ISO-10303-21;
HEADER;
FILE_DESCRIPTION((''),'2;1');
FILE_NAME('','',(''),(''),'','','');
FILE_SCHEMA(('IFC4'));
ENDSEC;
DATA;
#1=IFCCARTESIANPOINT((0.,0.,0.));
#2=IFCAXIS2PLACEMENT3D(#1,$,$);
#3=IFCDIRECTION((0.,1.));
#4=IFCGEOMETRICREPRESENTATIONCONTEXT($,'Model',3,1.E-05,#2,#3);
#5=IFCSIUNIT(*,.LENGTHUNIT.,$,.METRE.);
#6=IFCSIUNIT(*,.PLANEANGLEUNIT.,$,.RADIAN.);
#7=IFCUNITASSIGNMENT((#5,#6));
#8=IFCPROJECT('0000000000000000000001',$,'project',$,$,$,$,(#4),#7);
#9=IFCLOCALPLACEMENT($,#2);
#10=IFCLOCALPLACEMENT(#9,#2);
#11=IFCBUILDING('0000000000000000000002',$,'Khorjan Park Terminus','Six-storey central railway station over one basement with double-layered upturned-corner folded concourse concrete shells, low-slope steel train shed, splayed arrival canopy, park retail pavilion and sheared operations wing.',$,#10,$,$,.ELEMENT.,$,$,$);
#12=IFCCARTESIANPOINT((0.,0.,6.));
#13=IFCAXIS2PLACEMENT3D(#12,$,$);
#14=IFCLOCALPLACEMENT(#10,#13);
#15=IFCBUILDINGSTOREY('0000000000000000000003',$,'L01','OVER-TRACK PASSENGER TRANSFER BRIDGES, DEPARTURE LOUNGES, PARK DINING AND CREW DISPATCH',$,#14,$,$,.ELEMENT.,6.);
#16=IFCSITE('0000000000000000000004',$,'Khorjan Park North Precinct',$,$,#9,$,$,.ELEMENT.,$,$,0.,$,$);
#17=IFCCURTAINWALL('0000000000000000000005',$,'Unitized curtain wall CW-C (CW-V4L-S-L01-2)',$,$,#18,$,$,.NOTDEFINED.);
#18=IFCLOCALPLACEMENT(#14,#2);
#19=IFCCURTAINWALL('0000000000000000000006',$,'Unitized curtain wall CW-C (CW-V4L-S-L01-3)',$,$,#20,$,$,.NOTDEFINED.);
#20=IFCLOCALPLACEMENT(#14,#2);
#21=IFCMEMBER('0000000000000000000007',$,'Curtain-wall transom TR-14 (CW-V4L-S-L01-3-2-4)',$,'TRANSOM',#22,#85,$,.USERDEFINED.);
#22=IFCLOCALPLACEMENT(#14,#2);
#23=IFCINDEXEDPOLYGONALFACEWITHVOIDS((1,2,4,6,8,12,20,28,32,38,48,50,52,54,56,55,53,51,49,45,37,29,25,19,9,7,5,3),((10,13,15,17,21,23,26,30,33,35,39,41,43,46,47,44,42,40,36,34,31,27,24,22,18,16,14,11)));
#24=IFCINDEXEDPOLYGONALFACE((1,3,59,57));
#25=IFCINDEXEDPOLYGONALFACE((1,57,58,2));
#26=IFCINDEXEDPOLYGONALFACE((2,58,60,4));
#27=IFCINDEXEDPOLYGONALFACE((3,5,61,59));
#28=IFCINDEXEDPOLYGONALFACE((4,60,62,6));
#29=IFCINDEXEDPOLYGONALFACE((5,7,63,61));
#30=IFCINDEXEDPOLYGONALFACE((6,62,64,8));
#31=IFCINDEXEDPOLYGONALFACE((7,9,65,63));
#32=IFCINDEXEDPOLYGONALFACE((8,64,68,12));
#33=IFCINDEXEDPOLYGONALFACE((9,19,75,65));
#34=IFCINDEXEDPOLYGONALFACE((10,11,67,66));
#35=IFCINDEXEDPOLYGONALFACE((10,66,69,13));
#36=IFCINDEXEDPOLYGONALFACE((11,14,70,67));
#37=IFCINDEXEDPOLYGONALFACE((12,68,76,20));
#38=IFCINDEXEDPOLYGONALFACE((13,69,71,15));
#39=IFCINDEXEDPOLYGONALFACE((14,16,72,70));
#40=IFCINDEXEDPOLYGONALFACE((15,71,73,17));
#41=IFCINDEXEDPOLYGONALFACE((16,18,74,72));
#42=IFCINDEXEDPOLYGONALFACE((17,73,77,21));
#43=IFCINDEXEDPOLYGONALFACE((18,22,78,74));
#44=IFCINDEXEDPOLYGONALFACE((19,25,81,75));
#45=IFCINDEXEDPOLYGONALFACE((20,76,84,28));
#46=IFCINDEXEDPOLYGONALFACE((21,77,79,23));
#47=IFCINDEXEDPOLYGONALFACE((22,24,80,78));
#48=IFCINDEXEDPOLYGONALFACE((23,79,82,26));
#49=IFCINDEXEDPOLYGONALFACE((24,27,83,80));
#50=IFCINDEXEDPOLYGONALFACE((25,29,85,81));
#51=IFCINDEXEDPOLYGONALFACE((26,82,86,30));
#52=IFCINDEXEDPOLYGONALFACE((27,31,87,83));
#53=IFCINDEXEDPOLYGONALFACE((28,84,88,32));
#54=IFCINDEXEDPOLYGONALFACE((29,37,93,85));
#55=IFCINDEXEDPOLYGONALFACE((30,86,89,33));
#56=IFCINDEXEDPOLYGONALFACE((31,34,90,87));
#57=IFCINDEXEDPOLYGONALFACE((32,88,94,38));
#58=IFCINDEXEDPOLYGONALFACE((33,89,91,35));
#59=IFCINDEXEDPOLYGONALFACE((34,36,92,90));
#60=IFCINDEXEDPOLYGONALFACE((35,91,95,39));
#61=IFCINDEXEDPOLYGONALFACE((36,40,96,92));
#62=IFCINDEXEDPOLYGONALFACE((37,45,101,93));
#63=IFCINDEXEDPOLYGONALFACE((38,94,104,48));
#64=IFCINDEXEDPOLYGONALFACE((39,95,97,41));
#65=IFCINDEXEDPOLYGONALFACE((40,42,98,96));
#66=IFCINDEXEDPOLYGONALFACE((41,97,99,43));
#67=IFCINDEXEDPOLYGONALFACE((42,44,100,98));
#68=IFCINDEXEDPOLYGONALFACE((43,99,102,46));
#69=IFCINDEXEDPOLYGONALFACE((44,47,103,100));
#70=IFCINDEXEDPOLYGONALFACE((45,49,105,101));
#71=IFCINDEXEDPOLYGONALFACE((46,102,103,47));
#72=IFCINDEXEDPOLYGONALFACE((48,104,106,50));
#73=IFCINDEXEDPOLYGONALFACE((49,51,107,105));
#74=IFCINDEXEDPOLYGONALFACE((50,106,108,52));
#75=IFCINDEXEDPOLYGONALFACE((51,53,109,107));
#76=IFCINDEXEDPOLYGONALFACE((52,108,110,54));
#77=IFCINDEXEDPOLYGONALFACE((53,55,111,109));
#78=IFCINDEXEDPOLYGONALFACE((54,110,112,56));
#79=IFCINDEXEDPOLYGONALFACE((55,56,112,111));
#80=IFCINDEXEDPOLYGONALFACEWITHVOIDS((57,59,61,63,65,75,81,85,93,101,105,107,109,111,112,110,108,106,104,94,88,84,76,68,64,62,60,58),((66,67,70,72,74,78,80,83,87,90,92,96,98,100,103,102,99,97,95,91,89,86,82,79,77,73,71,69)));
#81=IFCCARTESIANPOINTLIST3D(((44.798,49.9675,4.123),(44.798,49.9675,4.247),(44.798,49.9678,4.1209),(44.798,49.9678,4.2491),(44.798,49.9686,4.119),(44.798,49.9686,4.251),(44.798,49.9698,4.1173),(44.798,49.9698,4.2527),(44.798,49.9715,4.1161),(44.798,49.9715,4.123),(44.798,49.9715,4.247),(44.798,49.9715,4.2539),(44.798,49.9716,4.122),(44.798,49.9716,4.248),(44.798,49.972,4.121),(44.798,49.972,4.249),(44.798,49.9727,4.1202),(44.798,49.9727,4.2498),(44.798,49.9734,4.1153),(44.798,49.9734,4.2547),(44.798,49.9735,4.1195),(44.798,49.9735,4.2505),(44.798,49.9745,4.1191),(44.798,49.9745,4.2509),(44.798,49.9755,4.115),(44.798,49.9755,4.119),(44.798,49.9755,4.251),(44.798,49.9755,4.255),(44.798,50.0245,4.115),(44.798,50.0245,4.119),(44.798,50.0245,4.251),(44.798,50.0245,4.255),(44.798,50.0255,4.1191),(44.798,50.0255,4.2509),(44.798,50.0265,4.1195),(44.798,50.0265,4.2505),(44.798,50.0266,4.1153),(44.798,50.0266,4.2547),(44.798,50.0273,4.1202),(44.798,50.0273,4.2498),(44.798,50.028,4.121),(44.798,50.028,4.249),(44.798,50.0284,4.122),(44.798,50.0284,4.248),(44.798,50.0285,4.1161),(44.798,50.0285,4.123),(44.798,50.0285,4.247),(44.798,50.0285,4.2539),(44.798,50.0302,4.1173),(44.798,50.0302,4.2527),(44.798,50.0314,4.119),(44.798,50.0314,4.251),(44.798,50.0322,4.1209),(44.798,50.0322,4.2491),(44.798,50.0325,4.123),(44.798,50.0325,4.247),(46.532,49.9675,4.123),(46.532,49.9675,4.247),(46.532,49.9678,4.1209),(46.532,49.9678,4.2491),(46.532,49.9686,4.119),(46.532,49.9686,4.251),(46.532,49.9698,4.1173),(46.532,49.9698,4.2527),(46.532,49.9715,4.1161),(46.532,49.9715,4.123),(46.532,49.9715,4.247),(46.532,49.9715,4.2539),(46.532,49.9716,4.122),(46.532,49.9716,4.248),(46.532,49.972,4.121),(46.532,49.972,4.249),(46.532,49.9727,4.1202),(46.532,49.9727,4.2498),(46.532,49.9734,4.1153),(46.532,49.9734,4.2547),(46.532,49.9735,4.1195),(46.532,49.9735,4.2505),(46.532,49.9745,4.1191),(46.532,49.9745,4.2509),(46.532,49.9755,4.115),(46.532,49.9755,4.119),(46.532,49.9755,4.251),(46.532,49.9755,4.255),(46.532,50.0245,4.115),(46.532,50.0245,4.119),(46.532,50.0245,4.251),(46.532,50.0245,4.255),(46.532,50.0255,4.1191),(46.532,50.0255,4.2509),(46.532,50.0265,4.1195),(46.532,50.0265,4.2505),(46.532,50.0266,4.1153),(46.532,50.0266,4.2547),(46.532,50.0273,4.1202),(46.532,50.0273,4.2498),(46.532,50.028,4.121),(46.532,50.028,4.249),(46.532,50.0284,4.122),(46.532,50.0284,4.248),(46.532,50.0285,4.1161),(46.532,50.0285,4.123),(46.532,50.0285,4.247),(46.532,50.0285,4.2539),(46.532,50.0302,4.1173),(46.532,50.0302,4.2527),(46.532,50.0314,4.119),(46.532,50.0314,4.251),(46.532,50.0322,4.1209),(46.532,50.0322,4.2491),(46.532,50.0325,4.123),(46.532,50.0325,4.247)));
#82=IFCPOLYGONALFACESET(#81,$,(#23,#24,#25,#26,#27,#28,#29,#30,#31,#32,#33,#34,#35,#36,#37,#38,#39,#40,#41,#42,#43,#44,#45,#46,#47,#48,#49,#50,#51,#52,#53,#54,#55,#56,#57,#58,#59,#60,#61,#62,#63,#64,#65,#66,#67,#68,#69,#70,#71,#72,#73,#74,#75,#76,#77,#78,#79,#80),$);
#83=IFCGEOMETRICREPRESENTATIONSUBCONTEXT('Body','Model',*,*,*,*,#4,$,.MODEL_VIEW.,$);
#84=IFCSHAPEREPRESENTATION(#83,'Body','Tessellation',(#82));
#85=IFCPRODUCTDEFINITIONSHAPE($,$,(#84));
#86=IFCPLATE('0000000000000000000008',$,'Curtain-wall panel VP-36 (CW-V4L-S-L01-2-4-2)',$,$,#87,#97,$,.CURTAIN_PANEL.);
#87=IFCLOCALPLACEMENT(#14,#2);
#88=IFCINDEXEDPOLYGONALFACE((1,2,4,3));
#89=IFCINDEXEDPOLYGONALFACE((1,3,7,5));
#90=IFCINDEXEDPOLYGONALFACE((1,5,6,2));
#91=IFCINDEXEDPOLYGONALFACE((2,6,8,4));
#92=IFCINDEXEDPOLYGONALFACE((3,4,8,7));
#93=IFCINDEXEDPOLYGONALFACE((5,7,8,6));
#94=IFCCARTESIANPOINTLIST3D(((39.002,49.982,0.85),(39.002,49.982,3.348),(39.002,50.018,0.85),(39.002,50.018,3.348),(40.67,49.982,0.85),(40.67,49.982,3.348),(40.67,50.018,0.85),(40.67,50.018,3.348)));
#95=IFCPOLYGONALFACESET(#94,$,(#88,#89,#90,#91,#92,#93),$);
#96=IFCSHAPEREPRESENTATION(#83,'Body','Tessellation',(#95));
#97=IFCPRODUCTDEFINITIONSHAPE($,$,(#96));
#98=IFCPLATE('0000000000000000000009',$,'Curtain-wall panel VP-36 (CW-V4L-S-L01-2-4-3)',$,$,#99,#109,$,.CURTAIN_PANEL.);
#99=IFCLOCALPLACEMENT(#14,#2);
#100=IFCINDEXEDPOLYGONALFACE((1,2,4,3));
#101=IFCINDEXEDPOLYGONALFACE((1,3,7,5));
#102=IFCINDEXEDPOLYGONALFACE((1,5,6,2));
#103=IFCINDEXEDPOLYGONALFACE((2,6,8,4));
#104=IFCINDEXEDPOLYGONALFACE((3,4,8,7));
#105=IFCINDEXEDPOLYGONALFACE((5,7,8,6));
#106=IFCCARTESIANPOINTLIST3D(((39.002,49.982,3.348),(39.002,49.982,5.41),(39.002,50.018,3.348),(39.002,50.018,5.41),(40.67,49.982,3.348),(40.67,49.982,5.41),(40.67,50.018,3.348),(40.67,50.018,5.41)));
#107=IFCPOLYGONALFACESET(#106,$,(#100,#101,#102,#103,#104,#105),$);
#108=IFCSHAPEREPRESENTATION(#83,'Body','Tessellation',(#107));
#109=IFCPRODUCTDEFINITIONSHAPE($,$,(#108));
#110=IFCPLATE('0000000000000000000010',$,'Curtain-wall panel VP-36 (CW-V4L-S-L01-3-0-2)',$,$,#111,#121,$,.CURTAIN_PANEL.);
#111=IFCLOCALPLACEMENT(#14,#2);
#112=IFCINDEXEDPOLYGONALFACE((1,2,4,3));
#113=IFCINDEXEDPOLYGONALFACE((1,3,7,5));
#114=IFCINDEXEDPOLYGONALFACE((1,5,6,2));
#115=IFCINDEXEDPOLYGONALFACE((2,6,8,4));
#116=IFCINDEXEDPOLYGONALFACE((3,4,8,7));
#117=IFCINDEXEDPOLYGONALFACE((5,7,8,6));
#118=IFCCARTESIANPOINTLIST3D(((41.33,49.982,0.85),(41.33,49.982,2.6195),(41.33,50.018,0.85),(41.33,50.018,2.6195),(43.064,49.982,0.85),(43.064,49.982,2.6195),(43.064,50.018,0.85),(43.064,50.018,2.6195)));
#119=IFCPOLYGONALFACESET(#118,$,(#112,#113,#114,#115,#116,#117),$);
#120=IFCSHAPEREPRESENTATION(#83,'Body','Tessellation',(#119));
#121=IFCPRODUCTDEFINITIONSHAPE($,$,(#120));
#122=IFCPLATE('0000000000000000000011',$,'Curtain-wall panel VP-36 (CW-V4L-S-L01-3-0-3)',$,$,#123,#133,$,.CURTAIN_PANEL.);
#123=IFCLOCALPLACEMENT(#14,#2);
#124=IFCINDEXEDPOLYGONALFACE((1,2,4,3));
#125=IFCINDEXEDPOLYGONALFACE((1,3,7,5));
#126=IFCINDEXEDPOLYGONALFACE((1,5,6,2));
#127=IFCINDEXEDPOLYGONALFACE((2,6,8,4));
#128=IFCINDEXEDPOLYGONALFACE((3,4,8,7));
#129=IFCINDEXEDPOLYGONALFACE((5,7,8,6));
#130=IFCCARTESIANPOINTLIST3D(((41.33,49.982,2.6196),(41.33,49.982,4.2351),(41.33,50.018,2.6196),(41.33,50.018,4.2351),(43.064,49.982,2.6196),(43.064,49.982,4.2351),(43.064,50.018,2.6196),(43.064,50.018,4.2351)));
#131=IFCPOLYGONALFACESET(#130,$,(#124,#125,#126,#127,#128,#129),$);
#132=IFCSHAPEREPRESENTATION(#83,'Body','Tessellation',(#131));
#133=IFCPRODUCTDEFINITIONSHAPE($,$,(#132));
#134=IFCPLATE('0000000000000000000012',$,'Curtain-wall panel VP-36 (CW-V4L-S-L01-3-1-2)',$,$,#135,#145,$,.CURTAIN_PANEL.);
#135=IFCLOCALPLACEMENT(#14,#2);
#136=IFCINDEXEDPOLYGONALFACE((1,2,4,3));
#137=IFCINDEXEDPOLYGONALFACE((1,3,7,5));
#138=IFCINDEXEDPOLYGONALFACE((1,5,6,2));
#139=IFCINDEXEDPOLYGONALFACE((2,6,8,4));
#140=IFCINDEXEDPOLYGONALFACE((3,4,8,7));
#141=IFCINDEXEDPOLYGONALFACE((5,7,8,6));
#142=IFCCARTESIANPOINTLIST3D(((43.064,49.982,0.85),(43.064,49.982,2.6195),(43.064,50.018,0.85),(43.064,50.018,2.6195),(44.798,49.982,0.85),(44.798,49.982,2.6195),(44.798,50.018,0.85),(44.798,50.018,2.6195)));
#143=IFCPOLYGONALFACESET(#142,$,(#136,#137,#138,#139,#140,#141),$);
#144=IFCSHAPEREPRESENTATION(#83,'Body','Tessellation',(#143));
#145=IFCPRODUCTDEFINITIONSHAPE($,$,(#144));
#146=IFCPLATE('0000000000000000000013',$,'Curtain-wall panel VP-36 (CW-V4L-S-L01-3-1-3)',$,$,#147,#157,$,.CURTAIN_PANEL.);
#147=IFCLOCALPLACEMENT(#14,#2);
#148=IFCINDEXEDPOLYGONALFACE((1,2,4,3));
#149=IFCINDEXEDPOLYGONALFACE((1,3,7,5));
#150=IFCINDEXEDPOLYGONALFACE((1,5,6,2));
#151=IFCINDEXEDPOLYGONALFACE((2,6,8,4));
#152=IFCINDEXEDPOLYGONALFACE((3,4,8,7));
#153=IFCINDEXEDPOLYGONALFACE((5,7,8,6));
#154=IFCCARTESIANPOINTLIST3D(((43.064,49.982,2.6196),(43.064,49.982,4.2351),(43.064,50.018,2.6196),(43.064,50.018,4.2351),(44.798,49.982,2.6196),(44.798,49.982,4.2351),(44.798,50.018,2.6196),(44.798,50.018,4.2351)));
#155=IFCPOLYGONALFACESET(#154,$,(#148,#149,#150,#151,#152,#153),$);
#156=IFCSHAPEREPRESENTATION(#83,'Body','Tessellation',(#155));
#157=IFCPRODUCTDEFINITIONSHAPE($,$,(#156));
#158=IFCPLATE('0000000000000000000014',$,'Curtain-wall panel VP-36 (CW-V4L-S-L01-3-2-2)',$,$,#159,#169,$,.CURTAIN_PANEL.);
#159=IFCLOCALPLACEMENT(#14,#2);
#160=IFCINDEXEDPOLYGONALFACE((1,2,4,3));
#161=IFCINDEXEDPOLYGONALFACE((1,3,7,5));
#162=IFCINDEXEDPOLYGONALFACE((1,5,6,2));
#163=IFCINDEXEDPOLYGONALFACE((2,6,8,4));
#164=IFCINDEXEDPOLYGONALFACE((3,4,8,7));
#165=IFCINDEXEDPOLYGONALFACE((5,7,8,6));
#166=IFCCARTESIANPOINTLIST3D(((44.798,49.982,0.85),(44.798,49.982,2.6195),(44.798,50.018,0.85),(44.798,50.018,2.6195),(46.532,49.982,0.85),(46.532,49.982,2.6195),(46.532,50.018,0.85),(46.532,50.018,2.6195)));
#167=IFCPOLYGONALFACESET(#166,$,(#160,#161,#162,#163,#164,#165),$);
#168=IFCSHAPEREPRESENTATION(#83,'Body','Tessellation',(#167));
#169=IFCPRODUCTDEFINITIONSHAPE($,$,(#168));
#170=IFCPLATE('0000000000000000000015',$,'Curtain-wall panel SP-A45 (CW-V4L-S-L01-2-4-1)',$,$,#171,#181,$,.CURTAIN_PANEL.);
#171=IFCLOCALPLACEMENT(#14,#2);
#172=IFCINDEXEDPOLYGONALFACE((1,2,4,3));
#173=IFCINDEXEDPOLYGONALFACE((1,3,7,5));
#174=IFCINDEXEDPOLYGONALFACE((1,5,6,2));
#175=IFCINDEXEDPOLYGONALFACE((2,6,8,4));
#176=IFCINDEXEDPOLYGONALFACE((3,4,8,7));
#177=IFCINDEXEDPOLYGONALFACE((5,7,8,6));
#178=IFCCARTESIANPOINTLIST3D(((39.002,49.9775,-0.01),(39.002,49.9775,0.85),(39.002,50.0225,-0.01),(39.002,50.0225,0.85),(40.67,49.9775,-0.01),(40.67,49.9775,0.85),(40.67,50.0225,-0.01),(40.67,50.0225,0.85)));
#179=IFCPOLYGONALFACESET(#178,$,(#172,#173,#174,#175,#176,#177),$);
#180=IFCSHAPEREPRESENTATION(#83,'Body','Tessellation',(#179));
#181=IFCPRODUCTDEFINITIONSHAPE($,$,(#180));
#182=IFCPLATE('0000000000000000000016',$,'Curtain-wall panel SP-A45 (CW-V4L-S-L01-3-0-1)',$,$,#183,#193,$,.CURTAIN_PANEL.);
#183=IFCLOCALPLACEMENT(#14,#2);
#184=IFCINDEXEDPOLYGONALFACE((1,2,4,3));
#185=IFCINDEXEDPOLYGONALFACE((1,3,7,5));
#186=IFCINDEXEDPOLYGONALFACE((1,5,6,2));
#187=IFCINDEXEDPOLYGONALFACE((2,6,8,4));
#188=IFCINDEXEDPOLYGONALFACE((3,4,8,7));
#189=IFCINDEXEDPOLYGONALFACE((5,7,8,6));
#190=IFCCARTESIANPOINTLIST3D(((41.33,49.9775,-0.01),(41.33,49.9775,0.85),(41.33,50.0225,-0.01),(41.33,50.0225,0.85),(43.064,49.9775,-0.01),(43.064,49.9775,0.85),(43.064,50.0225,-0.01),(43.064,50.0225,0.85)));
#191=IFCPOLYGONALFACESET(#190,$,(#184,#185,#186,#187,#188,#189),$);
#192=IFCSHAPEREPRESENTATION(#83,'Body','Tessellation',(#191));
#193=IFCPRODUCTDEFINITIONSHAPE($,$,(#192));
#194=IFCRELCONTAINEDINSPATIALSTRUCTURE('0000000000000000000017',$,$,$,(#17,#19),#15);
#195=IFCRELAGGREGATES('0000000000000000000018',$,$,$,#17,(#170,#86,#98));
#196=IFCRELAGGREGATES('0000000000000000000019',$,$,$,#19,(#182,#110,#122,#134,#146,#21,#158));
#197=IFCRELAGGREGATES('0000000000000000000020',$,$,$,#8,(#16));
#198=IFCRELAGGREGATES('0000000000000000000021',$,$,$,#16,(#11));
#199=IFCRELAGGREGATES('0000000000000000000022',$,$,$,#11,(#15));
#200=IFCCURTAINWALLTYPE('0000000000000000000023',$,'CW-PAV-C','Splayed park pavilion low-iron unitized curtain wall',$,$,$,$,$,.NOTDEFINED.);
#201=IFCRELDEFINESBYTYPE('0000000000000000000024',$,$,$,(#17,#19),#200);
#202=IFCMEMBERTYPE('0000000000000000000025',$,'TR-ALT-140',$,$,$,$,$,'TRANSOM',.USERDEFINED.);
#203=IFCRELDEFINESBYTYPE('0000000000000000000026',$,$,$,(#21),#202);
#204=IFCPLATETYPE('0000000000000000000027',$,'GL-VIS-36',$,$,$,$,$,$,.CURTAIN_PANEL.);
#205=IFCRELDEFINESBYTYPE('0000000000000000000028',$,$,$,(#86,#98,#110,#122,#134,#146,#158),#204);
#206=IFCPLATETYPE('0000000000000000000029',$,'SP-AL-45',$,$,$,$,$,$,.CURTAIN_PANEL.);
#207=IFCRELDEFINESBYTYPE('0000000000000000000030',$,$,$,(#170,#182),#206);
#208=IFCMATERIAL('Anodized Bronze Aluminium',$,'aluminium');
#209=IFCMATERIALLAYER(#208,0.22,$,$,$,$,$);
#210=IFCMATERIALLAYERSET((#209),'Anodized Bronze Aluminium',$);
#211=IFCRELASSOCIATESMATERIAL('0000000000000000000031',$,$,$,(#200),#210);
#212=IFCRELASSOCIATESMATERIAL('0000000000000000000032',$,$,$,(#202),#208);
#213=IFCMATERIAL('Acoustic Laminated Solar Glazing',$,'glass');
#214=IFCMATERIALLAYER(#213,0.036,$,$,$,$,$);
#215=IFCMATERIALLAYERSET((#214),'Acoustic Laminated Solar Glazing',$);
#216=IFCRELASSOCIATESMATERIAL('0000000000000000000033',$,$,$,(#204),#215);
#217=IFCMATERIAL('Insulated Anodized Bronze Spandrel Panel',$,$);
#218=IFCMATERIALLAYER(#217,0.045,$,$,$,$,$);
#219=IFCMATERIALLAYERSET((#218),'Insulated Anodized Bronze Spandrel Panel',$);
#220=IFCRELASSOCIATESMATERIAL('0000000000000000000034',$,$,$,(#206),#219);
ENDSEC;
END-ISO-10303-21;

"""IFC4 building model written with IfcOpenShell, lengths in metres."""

from ifc_helpers import new_model, si_unit, direction, frame, origin, origin_2d, place, context, subcontext, project, spatial, rectangle, hollow_rectangle, extrude, material, layer, layer_set, material_profile, profile_set, type_object, element, aggregate, save


model = new_model("IFC4")

# Units and contexts
model_context = context("Model", 3, precision=1e-05, world=origin(), true_north=direction((0.0, 1.0)))
body_context = subcontext(model_context, "Body", "Model", "MODEL_VIEW")
ifc_project = project(units=[si_unit("LENGTHUNIT", "METRE"), si_unit("PLANEANGLEUNIT", "RADIAN")], contexts=[model_context])

# Site, building, storey
site_placement = place(None, origin())
site = spatial("IfcSite", under=ifc_project, at=site_placement, Name="Khorjan Park North Precinct", CompositionType="ELEMENT", RefElevation=0.0)
building_placement = place(site_placement, origin())
building = spatial("IfcBuilding", under=site, at=building_placement, Name="Khorjan Park Terminus", Description="Six-storey central railway station over one basement with double-layered upturned-corner folded concourse concrete shells, low-slope steel train shed, splayed arrival canopy, park retail pavilion and sheared operations wing.", CompositionType="ELEMENT")
storey_placement = place(building_placement, frame((0.0, 0.0, 6.0)))
storey = spatial("IfcBuildingStorey", under=building, at=storey_placement, Name="L01", Description="OVER-TRACK PASSENGER TRANSFER BRIDGES, DEPARTURE LOUNGES, PARK DINING AND CREW DISPATCH", CompositionType="ELEMENT", Elevation=6.0)

# Curtain wall
ifc_material_1 = material(Name="Anodized Bronze Aluminium", Category="aluminium")
ifc_layer_1 = layer(ifc_material_1, 0.22)
ifc_layer_set_1 = layer_set([ifc_layer_1], Name="Anodized Bronze Aluminium")
curtain_wall_type = type_object("IfcCurtainWallType", Name="CW-PAV-C", Description="Splayed park pavilion low-iron unitized curtain wall", PredefinedType="NOTDEFINED", material=ifc_layer_set_1)
curtain_wall_1_placement = place(storey_placement, origin())
curtain_wall_1 = element("IfcCurtainWall", 1, at=curtain_wall_1_placement, inside=storey, type_object=curtain_wall_type, Name="Unitized curtain wall CW-C (CW-V4L-S-L01-2)", PredefinedType="NOTDEFINED")

# Curtain wall
curtain_wall_2_placement = place(storey_placement, origin())
curtain_wall_2 = element("IfcCurtainWall", 2, at=curtain_wall_2_placement, inside=storey, type_object=curtain_wall_type, Name="Unitized curtain wall CW-C (CW-V4L-S-L01-3)", PredefinedType="NOTDEFINED")

# Member
ifc_material_profile_1 = material_profile(ifc_material_1, hollow_rectangle(XDim=0.065, YDim=0.14, WallThickness=0.004, InnerFilletRadius=0.004, OuterFilletRadius=0.008, at=origin_2d()), Name="ALT 65x140x4")
ifc_profile_set_1 = profile_set([ifc_material_profile_1], Name="Anodized Bronze Aluminium")
member_type_1 = type_object("IfcMemberType", Name="TR-ALT-140", ElementType="TRANSOM", PredefinedType="USERDEFINED", material=ifc_profile_set_1)
member_1_placement = place(storey_placement, frame((44.798, 50.0, 4.185), z_axis=(1.0, 0.0, 0.0), x_axis=(0.0, 1.0, 0.0)))
member_1 = element("IfcMember", 3, at=member_1_placement, type_object=member_type_1, Name="Curtain-wall transom TR-14 (CW-V4L-S-L01-3-2-4)", ObjectType="TRANSOM", PredefinedType="USERDEFINED", context=body_context, shape_type="SweptSolid", body=[
    extrude(hollow_rectangle(XDim=0.065, YDim=0.14, WallThickness=0.004, InnerFilletRadius=0.004, OuterFilletRadius=0.008, at=origin_2d()), origin(), (0.0, 0.0, 1.0), 1.734),
])

# Plates
ifc_material_2 = material(Name="Acoustic Laminated Solar Glazing", Category="glass")
ifc_layer_2 = layer(ifc_material_2, 0.036)
ifc_layer_set_2 = layer_set([ifc_layer_2], Name="Acoustic Laminated Solar Glazing")
plate_type_1 = type_object("IfcPlateType", Name="GL-VIS-36", PredefinedType="CURTAIN_PANEL", material=ifc_layer_set_2)
plate_1_placement = place(storey_placement, frame((39.836, 50.0, 0.85), z_axis=(0.0, 0.0, 1.0), x_axis=(1.0, 0.0, 0.0)))
plate_1 = element("IfcPlate", 4, at=plate_1_placement, type_object=plate_type_1, Name="Curtain-wall panel VP-36 (CW-V4L-S-L01-2-4-2)", PredefinedType="CURTAIN_PANEL", context=body_context, shape_type="SweptSolid", body=[
    extrude(rectangle(XDim=1.668, YDim=0.036, at=origin_2d()), origin(), (0.0, 0.0, 1.0), 2.498),
])
plate_2_placement = place(storey_placement, frame((39.836, 50.0, 3.348), z_axis=(0.0, 0.0, 1.0), x_axis=(1.0, 0.0, 0.0)))
plate_2 = element("IfcPlate", 5, at=plate_2_placement, type_object=plate_type_1, Name="Curtain-wall panel VP-36 (CW-V4L-S-L01-2-4-3)", PredefinedType="CURTAIN_PANEL", context=body_context, shape_type="SweptSolid", body=[
    extrude(rectangle(XDim=1.668, YDim=0.036, at=origin_2d()), origin(), (0.0, 0.0, 1.0), 2.062),
])
plate_3_placement = place(storey_placement, frame((42.197, 50.0, 0.85), z_axis=(0.0, 0.0, 1.0), x_axis=(1.0, 0.0, 0.0)))
plate_3 = element("IfcPlate", 6, at=plate_3_placement, type_object=plate_type_1, Name="Curtain-wall panel VP-36 (CW-V4L-S-L01-3-0-2)", PredefinedType="CURTAIN_PANEL", context=body_context, shape_type="SweptSolid", body=[
    extrude(rectangle(XDim=1.734, YDim=0.036, at=origin_2d()), origin(), (0.0, 0.0, 1.0), 1.7695),
])
plate_4_placement = place(storey_placement, frame((42.197, 50.0, 2.6196), z_axis=(0.0, 0.0, 1.0), x_axis=(1.0, 0.0, 0.0)))
plate_4 = element("IfcPlate", 7, at=plate_4_placement, type_object=plate_type_1, Name="Curtain-wall panel VP-36 (CW-V4L-S-L01-3-0-3)", PredefinedType="CURTAIN_PANEL", context=body_context, shape_type="SweptSolid", body=[
    extrude(rectangle(XDim=1.734, YDim=0.036, at=origin_2d()), origin(), (0.0, 0.0, 1.0), 1.6155),
])
plate_5_placement = place(storey_placement, frame((43.931, 50.0, 0.85), z_axis=(0.0, 0.0, 1.0), x_axis=(1.0, 0.0, 0.0)))
plate_5 = element("IfcPlate", 8, at=plate_5_placement, type_object=plate_type_1, Name="Curtain-wall panel VP-36 (CW-V4L-S-L01-3-1-2)", PredefinedType="CURTAIN_PANEL", context=body_context, shape_type="SweptSolid", body=[
    extrude(rectangle(XDim=1.734, YDim=0.036, at=origin_2d()), origin(), (0.0, 0.0, 1.0), 1.7695),
])
plate_6_placement = place(storey_placement, frame((43.931, 50.0, 2.6196), z_axis=(0.0, 0.0, 1.0), x_axis=(1.0, 0.0, 0.0)))
plate_6 = element("IfcPlate", 9, at=plate_6_placement, type_object=plate_type_1, Name="Curtain-wall panel VP-36 (CW-V4L-S-L01-3-1-3)", PredefinedType="CURTAIN_PANEL", context=body_context, shape_type="SweptSolid", body=[
    extrude(rectangle(XDim=1.734, YDim=0.036, at=origin_2d()), origin(), (0.0, 0.0, 1.0), 1.6155),
])
plate_7_placement = place(storey_placement, frame((45.665, 50.0, 0.85), z_axis=(0.0, 0.0, 1.0), x_axis=(1.0, 0.0, 0.0)))
plate_7 = element("IfcPlate", 10, at=plate_7_placement, type_object=plate_type_1, Name="Curtain-wall panel VP-36 (CW-V4L-S-L01-3-2-2)", PredefinedType="CURTAIN_PANEL", context=body_context, shape_type="SweptSolid", body=[
    extrude(rectangle(XDim=1.734, YDim=0.036, at=origin_2d()), origin(), (0.0, 0.0, 1.0), 1.7695),
])
ifc_material_3 = material(Name="Insulated Anodized Bronze Spandrel Panel")
ifc_layer_3 = layer(ifc_material_3, 0.045)
ifc_layer_set_3 = layer_set([ifc_layer_3], Name="Insulated Anodized Bronze Spandrel Panel")
plate_type_2 = type_object("IfcPlateType", Name="SP-AL-45", PredefinedType="CURTAIN_PANEL", material=ifc_layer_set_3)
plate_8_placement = place(storey_placement, frame((39.836, 50.0, -0.01), z_axis=(0.0, 0.0, 1.0), x_axis=(1.0, 0.0, 0.0)))
plate_8 = element("IfcPlate", 11, at=plate_8_placement, type_object=plate_type_2, Name="Curtain-wall panel SP-A45 (CW-V4L-S-L01-2-4-1)", PredefinedType="CURTAIN_PANEL", context=body_context, shape_type="SweptSolid", body=[
    extrude(rectangle(XDim=1.668, YDim=0.045, at=origin_2d()), origin(), (0.0, 0.0, 1.0), 0.86),
])
aggregate(curtain_wall_1, [plate_8, plate_1, plate_2])
plate_9_placement = place(storey_placement, frame((42.197, 50.0, -0.01), z_axis=(0.0, 0.0, 1.0), x_axis=(1.0, 0.0, 0.0)))
plate_9 = element("IfcPlate", 12, at=plate_9_placement, type_object=plate_type_2, Name="Curtain-wall panel SP-A45 (CW-V4L-S-L01-3-0-1)", PredefinedType="CURTAIN_PANEL", context=body_context, shape_type="SweptSolid", body=[
    extrude(rectangle(XDim=1.734, YDim=0.045, at=origin_2d()), origin(), (0.0, 0.0, 1.0), 0.86),
])
aggregate(curtain_wall_2, [plate_9, plate_3, plate_4, plate_5, plate_6, member_1, plate_7])

save(model, "model.ifc")
